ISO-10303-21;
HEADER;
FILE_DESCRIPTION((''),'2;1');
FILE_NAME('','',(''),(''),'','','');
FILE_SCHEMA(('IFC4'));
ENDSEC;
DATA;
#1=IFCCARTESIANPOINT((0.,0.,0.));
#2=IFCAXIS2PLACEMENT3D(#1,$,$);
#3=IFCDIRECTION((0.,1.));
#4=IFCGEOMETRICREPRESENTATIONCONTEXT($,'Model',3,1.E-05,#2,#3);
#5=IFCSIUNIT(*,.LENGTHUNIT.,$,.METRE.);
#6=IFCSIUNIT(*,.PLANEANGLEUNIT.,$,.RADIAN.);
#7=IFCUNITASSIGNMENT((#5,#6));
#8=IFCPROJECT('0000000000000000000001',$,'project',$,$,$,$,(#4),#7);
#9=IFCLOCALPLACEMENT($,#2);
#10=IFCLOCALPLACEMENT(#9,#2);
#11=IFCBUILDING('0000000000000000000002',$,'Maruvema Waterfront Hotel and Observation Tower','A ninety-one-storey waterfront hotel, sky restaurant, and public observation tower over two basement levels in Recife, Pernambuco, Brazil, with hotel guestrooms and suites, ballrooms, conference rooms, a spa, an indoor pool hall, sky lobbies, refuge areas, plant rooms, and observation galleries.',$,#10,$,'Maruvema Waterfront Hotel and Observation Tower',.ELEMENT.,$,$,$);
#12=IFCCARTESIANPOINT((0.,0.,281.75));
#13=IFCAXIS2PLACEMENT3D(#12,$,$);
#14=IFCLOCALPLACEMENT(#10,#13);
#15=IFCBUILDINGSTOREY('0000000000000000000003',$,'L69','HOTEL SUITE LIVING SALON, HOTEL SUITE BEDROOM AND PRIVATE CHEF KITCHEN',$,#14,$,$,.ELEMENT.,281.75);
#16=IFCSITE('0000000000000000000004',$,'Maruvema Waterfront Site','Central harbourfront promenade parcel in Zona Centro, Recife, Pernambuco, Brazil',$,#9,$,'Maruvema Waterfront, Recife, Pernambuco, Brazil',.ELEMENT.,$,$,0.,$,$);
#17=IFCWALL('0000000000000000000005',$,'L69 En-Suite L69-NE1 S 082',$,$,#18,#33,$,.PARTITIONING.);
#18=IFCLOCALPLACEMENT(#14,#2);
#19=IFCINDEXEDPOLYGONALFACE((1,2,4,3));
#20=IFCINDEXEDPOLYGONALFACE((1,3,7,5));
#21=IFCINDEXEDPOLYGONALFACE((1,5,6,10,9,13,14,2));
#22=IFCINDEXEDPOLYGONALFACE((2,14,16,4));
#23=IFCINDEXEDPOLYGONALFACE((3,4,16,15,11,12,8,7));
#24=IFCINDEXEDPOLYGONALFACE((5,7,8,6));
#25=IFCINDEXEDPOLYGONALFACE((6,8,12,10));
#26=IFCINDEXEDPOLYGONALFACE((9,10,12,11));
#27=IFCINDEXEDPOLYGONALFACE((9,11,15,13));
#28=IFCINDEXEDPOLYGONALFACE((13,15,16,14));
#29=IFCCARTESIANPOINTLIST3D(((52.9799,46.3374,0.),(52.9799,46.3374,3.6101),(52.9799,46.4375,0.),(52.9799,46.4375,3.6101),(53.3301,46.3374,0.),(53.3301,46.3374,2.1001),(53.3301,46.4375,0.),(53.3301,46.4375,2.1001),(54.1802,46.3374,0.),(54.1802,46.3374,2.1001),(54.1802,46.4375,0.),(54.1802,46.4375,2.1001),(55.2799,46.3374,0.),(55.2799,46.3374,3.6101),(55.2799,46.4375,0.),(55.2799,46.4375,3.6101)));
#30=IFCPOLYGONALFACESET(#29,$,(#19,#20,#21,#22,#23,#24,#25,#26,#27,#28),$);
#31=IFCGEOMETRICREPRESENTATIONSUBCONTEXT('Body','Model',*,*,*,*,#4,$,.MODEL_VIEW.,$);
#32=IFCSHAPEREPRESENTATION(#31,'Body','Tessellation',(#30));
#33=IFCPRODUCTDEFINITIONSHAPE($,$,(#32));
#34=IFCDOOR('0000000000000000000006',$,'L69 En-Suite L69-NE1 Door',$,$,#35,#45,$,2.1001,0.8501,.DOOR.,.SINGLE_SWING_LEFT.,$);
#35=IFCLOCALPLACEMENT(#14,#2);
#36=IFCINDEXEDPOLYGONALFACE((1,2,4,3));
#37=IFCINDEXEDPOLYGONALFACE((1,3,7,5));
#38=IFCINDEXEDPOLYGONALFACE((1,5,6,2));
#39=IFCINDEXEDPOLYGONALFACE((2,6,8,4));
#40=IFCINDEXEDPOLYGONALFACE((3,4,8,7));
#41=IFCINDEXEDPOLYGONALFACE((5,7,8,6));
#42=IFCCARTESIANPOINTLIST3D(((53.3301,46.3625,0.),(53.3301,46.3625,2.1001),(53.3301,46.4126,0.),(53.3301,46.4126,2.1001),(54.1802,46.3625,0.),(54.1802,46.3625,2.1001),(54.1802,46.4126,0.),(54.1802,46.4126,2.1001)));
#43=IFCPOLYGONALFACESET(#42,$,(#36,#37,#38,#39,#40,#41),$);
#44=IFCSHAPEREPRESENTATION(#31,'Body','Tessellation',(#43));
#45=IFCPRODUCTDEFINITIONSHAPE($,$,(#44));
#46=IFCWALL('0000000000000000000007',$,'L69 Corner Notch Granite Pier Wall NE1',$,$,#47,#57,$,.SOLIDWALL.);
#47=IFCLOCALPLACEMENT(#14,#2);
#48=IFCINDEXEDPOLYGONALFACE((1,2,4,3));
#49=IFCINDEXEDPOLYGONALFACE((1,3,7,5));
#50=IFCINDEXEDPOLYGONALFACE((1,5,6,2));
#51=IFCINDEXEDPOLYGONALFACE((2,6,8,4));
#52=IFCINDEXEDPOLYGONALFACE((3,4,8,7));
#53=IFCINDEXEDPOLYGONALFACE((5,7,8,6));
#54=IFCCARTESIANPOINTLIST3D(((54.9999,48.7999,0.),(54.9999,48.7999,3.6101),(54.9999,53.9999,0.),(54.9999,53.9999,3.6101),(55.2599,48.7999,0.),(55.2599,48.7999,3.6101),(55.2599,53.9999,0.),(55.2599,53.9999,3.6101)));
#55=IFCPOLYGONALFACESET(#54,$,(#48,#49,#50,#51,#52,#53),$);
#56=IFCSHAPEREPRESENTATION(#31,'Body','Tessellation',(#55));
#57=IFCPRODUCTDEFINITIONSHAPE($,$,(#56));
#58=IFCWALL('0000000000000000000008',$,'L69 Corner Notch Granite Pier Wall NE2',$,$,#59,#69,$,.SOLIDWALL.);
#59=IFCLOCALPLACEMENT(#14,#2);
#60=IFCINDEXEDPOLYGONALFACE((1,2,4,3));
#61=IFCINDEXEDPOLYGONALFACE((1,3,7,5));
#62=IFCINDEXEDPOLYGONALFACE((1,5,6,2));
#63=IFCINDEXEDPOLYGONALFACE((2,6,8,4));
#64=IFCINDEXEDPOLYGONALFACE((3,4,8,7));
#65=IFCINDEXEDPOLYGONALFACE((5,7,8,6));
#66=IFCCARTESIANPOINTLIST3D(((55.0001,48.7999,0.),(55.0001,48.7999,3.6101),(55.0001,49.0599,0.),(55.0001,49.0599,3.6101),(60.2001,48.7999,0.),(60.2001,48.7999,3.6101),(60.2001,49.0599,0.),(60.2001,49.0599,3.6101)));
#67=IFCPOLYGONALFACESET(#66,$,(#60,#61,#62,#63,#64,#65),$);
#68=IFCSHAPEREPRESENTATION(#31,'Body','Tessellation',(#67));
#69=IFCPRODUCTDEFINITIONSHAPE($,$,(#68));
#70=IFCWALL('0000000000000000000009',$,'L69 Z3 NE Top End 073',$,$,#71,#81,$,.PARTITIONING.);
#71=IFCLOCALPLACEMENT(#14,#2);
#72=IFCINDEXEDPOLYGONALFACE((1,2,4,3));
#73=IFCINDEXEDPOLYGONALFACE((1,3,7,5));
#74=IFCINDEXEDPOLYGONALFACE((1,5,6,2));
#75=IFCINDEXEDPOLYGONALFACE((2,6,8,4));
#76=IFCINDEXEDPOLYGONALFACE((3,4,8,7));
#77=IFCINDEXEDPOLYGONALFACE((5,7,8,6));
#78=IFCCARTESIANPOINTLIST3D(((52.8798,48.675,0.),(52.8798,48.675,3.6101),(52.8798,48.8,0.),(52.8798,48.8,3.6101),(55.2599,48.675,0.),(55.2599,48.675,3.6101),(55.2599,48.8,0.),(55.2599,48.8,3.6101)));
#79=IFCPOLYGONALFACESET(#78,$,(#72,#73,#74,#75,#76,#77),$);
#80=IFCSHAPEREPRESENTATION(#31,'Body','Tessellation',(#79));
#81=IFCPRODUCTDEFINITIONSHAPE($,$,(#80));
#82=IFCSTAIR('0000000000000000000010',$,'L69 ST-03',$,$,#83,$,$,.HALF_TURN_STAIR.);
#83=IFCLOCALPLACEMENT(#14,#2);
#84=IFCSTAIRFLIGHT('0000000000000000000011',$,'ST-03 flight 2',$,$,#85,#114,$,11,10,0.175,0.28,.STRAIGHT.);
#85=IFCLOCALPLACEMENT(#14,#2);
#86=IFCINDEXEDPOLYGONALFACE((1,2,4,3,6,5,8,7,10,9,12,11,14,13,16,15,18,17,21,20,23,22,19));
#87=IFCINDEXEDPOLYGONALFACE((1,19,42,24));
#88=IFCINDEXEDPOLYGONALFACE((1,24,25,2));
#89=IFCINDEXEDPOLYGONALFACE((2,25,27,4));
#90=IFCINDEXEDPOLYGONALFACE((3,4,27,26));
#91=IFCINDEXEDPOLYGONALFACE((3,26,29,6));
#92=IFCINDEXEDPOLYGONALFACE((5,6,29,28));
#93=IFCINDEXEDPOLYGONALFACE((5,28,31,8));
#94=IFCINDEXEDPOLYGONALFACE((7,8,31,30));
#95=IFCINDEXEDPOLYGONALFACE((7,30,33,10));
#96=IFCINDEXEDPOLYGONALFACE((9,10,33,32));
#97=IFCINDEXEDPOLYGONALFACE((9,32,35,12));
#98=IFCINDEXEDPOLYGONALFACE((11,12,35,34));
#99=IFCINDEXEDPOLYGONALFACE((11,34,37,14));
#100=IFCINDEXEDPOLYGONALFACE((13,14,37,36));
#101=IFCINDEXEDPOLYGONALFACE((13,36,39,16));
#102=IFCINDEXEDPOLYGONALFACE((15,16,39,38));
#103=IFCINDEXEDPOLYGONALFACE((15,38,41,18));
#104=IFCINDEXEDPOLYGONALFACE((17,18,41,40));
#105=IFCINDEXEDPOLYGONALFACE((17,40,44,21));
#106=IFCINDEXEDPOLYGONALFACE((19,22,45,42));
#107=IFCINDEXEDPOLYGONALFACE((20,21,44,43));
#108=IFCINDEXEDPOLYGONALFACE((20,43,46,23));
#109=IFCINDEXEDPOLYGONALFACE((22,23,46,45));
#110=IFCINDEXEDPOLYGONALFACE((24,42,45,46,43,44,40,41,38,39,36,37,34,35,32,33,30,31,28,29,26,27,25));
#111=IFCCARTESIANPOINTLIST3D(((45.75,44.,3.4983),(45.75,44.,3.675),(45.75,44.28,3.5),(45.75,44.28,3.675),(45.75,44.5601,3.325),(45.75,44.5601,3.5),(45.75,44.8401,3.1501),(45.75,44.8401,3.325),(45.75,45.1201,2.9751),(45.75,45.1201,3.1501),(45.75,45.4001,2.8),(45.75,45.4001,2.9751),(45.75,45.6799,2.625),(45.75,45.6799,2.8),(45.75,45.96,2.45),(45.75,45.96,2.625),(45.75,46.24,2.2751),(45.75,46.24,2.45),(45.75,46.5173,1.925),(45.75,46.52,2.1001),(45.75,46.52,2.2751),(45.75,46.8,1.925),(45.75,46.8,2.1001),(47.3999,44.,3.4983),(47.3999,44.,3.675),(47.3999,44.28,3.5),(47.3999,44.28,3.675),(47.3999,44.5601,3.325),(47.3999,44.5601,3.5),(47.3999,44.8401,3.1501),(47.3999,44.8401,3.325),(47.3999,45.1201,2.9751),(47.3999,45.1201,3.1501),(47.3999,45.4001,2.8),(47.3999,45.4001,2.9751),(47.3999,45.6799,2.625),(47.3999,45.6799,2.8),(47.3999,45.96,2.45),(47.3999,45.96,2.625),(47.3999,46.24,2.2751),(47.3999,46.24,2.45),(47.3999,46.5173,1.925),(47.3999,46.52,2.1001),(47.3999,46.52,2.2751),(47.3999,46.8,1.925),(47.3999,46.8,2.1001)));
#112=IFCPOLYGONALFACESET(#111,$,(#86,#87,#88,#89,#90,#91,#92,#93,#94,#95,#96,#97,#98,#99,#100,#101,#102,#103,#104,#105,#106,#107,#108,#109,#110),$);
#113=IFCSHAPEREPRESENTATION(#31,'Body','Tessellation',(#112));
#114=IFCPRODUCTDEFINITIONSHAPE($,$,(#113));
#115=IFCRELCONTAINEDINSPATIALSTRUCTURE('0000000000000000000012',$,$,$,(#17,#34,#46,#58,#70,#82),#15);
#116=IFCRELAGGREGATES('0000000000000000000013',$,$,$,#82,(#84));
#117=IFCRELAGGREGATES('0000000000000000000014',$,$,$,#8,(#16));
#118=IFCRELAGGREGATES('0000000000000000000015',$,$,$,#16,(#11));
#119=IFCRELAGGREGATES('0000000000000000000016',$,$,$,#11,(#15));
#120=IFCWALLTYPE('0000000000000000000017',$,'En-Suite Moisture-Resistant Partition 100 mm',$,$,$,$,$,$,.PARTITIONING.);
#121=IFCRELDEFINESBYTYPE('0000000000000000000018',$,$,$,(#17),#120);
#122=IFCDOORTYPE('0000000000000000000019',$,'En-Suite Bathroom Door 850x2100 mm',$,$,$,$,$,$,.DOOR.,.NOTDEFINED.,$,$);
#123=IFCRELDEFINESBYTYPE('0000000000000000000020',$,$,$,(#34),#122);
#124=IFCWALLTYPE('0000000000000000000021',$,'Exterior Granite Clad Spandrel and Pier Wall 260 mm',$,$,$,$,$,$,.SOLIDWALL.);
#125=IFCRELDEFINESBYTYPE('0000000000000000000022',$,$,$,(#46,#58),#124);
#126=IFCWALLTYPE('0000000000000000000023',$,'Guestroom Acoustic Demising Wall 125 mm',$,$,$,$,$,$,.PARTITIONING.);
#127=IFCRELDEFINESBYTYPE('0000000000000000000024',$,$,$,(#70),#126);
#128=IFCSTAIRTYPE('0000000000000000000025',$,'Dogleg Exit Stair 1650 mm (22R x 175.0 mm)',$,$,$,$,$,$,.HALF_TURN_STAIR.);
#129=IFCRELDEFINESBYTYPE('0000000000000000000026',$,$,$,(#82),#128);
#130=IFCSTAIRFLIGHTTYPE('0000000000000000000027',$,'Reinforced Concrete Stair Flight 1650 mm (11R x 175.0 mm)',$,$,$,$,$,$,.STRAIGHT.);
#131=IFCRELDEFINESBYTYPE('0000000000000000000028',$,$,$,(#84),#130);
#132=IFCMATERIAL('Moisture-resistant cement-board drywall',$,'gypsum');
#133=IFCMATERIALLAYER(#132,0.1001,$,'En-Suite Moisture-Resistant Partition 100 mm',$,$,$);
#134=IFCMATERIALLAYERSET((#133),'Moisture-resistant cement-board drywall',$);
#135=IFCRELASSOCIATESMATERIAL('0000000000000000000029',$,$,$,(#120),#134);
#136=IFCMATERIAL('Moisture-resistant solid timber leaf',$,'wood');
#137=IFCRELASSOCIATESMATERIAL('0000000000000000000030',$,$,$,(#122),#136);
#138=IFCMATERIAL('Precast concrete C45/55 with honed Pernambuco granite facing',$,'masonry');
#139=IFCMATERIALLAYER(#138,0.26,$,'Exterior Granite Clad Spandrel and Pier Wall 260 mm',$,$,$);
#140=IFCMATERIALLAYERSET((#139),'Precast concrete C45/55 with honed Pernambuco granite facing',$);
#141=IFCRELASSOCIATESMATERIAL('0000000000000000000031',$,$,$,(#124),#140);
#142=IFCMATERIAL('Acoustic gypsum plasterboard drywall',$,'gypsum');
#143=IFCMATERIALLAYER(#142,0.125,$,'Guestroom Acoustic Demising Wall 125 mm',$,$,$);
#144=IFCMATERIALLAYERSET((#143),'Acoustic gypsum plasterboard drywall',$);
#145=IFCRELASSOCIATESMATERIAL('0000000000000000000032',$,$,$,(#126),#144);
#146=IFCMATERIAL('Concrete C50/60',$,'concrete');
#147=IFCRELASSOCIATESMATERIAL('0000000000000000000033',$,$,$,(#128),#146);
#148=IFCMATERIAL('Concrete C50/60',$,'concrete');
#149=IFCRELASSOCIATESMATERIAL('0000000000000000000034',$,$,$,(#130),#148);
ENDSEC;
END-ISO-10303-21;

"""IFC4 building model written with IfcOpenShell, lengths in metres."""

from ifc_helpers import new_model, si_unit, direction, frame, frame_2d, origin, place, context, subcontext, project, spatial, polyline, rectangle, outline, extrude, material, layer, layer_set, type_object, element, fill, aggregate, save


model = new_model("IFC4")

# Units and contexts
model_context = context("Model", 3, precision=1e-05, world=origin(), true_north=direction((0.0, 1.0)))
body_context = subcontext(model_context, "Body", "Model", "MODEL_VIEW")
ifc_project = project(units=[si_unit("LENGTHUNIT", "METRE"), si_unit("PLANEANGLEUNIT", "RADIAN")], contexts=[model_context])

# Site, building, storey
site_placement = place(None, origin())
site = spatial("IfcSite", under=ifc_project, at=site_placement, Name="Maruvema Waterfront Site", Description="Central harbourfront promenade parcel in Zona Centro, Recife, Pernambuco, Brazil", LongName="Maruvema Waterfront, Recife, Pernambuco, Brazil", CompositionType="ELEMENT", RefElevation=0.0)
building_placement = place(site_placement, origin())
building = spatial("IfcBuilding", under=site, at=building_placement, Name="Maruvema Waterfront Hotel and Observation Tower", Description="A ninety-one-storey waterfront hotel, sky restaurant, and public observation tower over two basement levels in Recife, Pernambuco, Brazil, with hotel guestrooms and suites, ballrooms, conference rooms, a spa, an indoor pool hall, sky lobbies, refuge areas, plant rooms, and observation galleries.", LongName="Maruvema Waterfront Hotel and Observation Tower", CompositionType="ELEMENT")
storey_placement = place(building_placement, frame((0.0, 0.0, 281.75)))
storey = spatial("IfcBuildingStorey", under=building, at=storey_placement, Name="L69", Description="HOTEL SUITE LIVING SALON, HOTEL SUITE BEDROOM AND PRIVATE CHEF KITCHEN", CompositionType="ELEMENT", Elevation=281.75)

# Shared definitions
ifc_material_1 = material(Name="Moisture-resistant cement-board drywall", Category="gypsum")
ifc_layer_1 = layer(ifc_material_1, 0.1001, Name="En-Suite Moisture-Resistant Partition 100 mm")
ifc_layer_set_1 = layer_set([ifc_layer_1], Name="Moisture-resistant cement-board drywall")
wall_type_1 = type_object("IfcWallType", Name="En-Suite Moisture-Resistant Partition 100 mm", PredefinedType="PARTITIONING", material=ifc_layer_set_1)

# Wall, opening, door
wall_1_placement = place(storey_placement, frame((52.98, 46.3875, 0.0), z_axis=(0.0, 0.0, 1.0), x_axis=(1.0, 0.0, 0.0)))
wall_1 = element("IfcWall", 1, at=wall_1_placement, inside=storey, type_object=wall_type_1, Name="L69 En-Suite L69-NE1 S 082", PredefinedType="PARTITIONING", context=body_context, shape_type="SweptSolid", body=[
    extrude(rectangle(XDim=2.3, YDim=0.1001, at=frame_2d((1.1499, 0.0))), origin(), (0.0, 0.0, 1.0), 3.6101),
])
opening_placement = place(wall_1_placement, frame((0.3501, 0.0, 0.0)))
opening = element("IfcOpeningElement", 2, at=opening_placement, cuts=wall_1, PredefinedType="OPENING", context=body_context, shape_type="SweptSolid", body=[
    extrude(rectangle(XDim=0.8501, YDim=2.1001, at=frame_2d((0.425, 1.05))), frame((0.0, 0.0601, 0.0), z_axis=(0.0, -1.0, 0.0), x_axis=(1.0, 0.0, 0.0)), (0.0, 0.0, 1.0), 0.1201),
])
ifc_material_2 = material(Name="Moisture-resistant solid timber leaf", Category="wood")
door_type = type_object("IfcDoorType", Name="En-Suite Bathroom Door 850x2100 mm", OperationType="NOTDEFINED", PredefinedType="DOOR", material=ifc_material_2)
door_placement = place(opening_placement, frame((0.8501, 0.0, 0.0), z_axis=(0.0, 0.0, 1.0), x_axis=(-1.0, 0.0, 0.0)))
door = element("IfcDoor", 3, at=door_placement, inside=storey, type_object=door_type, Name="L69 En-Suite L69-NE1 Door", OperationType="SINGLE_SWING_LEFT", OverallHeight=2.1001, OverallWidth=0.8501, PredefinedType="DOOR", context=body_context, shape_type="SweptSolid", body=[
    extrude(rectangle(XDim=0.8501, YDim=2.1001, at=frame_2d((0.425, 1.05))), frame((0.0, 0.0249, 0.0), z_axis=(0.0, -1.0, 0.0), x_axis=(1.0, 0.0, 0.0)), (0.0, 0.0, 1.0), 0.05),
])
fill(opening, door)

# Walls
ifc_material_3 = material(Name="Precast concrete C45/55 with honed Pernambuco granite facing", Category="masonry")
ifc_layer_2 = layer(ifc_material_3, 0.26, Name="Exterior Granite Clad Spandrel and Pier Wall 260 mm")
ifc_layer_set_2 = layer_set([ifc_layer_2], Name="Precast concrete C45/55 with honed Pernambuco granite facing")
wall_type_2 = type_object("IfcWallType", Name="Exterior Granite Clad Spandrel and Pier Wall 260 mm", PredefinedType="SOLIDWALL", material=ifc_layer_set_2)
for number, where, z_axis, x_axis, name in (
    (4, (55.1299, 54.0, 0.0), (0.0, 0.0, 1.0), (0.0, -1.0, 0.0), "L69 Corner Notch Granite Pier Wall NE1"),
    (5, (55.0, 48.9299, 0.0), (0.0, 0.0, 1.0), (1.0, 0.0, 0.0), "L69 Corner Notch Granite Pier Wall NE2"),
):
    element("IfcWall", number, at=place(storey_placement, frame(where, z_axis=z_axis, x_axis=x_axis)), inside=storey, type_object=wall_type_2, Name=name, PredefinedType="SOLIDWALL", context=body_context, shape_type="SweptSolid", body=[
        extrude(rectangle(XDim=5.2, YDim=0.26, at=frame_2d((2.6001, 0.0))), origin(), (0.0, 0.0, 1.0), 3.6101),
    ])
ifc_material_4 = material(Name="Acoustic gypsum plasterboard drywall", Category="gypsum")
ifc_layer_3 = layer(ifc_material_4, 0.125, Name="Guestroom Acoustic Demising Wall 125 mm")
ifc_layer_set_3 = layer_set([ifc_layer_3], Name="Acoustic gypsum plasterboard drywall")
wall_type_3 = type_object("IfcWallType", Name="Guestroom Acoustic Demising Wall 125 mm", PredefinedType="PARTITIONING", material=ifc_layer_set_3)
wall_2_placement = place(storey_placement, frame((52.8799, 48.7375, 0.0), z_axis=(0.0, 0.0, 1.0), x_axis=(1.0, 0.0, 0.0)))
element("IfcWall", 6, at=wall_2_placement, inside=storey, type_object=wall_type_3, Name="L69 Z3 NE Top End 073", PredefinedType="PARTITIONING", context=body_context, shape_type="SweptSolid", body=[
    extrude(rectangle(XDim=2.3801, YDim=0.125, at=frame_2d((1.1899, 0.0))), origin(), (0.0, 0.0, 1.0), 3.6101),
])

# Stair, stair flight
ifc_material_5 = material(Name="Concrete C50/60", Category="concrete")
stair_type = type_object("IfcStairType", Name="Dogleg Exit Stair 1650 mm (22R x 175.0 mm)", PredefinedType="HALF_TURN_STAIR", material=ifc_material_5)
stair_placement = place(storey_placement, origin())
stair = element("IfcStair", 7, at=stair_placement, inside=storey, type_object=stair_type, Name="L69 ST-03", PredefinedType="HALF_TURN_STAIR")
ifc_material_6 = material(Name="Concrete C50/60", Category="concrete")
stair_flight_type = type_object("IfcStairFlightType", Name="Reinforced Concrete Stair Flight 1650 mm (11R x 175.0 mm)", PredefinedType="STRAIGHT", material=ifc_material_6)
stair_flight_placement = place(storey_placement, frame((46.575, 46.8, 1.925), z_axis=(0.0, 0.0, 1.0), x_axis=(0.0, -1.0, 0.0)))
stair_flight = element("IfcStairFlight", 8, at=stair_flight_placement, type_object=stair_flight_type, Name="ST-03 flight 2", NumberOfRisers=11, NumberOfTreads=10, PredefinedType="STRAIGHT", RiserHeight=0.175, TreadLength=0.28, context=body_context, shape_type="SweptSolid", body=[
    extrude(outline(polyline([(0.0, 0.0), (0.0, 0.175), (0.28, 0.175), (0.28, 0.3501), (0.5601, 0.3501), (0.5601, 0.5249), (0.8401, 0.5249), (0.8401, 0.7), (1.1201, 0.7), (1.1201, 0.875), (1.3999, 0.875), (1.3999, 1.05), (1.6799, 1.05), (1.6799, 1.2251), (1.96, 1.2251), (1.96, 1.3999), (2.24, 1.3999), (2.24, 1.575), (2.52, 1.575), (2.52, 1.75), (2.8, 1.75), (2.8, 1.925), (2.8, 1.5732), (0.2827, 0.0), (0.0, 0.0)])), frame((0.0, 0.825, 0.0), z_axis=(0.0, -1.0, 0.0), x_axis=(1.0, 0.0, 0.0)), (0.0, 0.0, 1.0), 1.6499),
])
aggregate(stair, [stair_flight])

save(model, "model.ifc")
